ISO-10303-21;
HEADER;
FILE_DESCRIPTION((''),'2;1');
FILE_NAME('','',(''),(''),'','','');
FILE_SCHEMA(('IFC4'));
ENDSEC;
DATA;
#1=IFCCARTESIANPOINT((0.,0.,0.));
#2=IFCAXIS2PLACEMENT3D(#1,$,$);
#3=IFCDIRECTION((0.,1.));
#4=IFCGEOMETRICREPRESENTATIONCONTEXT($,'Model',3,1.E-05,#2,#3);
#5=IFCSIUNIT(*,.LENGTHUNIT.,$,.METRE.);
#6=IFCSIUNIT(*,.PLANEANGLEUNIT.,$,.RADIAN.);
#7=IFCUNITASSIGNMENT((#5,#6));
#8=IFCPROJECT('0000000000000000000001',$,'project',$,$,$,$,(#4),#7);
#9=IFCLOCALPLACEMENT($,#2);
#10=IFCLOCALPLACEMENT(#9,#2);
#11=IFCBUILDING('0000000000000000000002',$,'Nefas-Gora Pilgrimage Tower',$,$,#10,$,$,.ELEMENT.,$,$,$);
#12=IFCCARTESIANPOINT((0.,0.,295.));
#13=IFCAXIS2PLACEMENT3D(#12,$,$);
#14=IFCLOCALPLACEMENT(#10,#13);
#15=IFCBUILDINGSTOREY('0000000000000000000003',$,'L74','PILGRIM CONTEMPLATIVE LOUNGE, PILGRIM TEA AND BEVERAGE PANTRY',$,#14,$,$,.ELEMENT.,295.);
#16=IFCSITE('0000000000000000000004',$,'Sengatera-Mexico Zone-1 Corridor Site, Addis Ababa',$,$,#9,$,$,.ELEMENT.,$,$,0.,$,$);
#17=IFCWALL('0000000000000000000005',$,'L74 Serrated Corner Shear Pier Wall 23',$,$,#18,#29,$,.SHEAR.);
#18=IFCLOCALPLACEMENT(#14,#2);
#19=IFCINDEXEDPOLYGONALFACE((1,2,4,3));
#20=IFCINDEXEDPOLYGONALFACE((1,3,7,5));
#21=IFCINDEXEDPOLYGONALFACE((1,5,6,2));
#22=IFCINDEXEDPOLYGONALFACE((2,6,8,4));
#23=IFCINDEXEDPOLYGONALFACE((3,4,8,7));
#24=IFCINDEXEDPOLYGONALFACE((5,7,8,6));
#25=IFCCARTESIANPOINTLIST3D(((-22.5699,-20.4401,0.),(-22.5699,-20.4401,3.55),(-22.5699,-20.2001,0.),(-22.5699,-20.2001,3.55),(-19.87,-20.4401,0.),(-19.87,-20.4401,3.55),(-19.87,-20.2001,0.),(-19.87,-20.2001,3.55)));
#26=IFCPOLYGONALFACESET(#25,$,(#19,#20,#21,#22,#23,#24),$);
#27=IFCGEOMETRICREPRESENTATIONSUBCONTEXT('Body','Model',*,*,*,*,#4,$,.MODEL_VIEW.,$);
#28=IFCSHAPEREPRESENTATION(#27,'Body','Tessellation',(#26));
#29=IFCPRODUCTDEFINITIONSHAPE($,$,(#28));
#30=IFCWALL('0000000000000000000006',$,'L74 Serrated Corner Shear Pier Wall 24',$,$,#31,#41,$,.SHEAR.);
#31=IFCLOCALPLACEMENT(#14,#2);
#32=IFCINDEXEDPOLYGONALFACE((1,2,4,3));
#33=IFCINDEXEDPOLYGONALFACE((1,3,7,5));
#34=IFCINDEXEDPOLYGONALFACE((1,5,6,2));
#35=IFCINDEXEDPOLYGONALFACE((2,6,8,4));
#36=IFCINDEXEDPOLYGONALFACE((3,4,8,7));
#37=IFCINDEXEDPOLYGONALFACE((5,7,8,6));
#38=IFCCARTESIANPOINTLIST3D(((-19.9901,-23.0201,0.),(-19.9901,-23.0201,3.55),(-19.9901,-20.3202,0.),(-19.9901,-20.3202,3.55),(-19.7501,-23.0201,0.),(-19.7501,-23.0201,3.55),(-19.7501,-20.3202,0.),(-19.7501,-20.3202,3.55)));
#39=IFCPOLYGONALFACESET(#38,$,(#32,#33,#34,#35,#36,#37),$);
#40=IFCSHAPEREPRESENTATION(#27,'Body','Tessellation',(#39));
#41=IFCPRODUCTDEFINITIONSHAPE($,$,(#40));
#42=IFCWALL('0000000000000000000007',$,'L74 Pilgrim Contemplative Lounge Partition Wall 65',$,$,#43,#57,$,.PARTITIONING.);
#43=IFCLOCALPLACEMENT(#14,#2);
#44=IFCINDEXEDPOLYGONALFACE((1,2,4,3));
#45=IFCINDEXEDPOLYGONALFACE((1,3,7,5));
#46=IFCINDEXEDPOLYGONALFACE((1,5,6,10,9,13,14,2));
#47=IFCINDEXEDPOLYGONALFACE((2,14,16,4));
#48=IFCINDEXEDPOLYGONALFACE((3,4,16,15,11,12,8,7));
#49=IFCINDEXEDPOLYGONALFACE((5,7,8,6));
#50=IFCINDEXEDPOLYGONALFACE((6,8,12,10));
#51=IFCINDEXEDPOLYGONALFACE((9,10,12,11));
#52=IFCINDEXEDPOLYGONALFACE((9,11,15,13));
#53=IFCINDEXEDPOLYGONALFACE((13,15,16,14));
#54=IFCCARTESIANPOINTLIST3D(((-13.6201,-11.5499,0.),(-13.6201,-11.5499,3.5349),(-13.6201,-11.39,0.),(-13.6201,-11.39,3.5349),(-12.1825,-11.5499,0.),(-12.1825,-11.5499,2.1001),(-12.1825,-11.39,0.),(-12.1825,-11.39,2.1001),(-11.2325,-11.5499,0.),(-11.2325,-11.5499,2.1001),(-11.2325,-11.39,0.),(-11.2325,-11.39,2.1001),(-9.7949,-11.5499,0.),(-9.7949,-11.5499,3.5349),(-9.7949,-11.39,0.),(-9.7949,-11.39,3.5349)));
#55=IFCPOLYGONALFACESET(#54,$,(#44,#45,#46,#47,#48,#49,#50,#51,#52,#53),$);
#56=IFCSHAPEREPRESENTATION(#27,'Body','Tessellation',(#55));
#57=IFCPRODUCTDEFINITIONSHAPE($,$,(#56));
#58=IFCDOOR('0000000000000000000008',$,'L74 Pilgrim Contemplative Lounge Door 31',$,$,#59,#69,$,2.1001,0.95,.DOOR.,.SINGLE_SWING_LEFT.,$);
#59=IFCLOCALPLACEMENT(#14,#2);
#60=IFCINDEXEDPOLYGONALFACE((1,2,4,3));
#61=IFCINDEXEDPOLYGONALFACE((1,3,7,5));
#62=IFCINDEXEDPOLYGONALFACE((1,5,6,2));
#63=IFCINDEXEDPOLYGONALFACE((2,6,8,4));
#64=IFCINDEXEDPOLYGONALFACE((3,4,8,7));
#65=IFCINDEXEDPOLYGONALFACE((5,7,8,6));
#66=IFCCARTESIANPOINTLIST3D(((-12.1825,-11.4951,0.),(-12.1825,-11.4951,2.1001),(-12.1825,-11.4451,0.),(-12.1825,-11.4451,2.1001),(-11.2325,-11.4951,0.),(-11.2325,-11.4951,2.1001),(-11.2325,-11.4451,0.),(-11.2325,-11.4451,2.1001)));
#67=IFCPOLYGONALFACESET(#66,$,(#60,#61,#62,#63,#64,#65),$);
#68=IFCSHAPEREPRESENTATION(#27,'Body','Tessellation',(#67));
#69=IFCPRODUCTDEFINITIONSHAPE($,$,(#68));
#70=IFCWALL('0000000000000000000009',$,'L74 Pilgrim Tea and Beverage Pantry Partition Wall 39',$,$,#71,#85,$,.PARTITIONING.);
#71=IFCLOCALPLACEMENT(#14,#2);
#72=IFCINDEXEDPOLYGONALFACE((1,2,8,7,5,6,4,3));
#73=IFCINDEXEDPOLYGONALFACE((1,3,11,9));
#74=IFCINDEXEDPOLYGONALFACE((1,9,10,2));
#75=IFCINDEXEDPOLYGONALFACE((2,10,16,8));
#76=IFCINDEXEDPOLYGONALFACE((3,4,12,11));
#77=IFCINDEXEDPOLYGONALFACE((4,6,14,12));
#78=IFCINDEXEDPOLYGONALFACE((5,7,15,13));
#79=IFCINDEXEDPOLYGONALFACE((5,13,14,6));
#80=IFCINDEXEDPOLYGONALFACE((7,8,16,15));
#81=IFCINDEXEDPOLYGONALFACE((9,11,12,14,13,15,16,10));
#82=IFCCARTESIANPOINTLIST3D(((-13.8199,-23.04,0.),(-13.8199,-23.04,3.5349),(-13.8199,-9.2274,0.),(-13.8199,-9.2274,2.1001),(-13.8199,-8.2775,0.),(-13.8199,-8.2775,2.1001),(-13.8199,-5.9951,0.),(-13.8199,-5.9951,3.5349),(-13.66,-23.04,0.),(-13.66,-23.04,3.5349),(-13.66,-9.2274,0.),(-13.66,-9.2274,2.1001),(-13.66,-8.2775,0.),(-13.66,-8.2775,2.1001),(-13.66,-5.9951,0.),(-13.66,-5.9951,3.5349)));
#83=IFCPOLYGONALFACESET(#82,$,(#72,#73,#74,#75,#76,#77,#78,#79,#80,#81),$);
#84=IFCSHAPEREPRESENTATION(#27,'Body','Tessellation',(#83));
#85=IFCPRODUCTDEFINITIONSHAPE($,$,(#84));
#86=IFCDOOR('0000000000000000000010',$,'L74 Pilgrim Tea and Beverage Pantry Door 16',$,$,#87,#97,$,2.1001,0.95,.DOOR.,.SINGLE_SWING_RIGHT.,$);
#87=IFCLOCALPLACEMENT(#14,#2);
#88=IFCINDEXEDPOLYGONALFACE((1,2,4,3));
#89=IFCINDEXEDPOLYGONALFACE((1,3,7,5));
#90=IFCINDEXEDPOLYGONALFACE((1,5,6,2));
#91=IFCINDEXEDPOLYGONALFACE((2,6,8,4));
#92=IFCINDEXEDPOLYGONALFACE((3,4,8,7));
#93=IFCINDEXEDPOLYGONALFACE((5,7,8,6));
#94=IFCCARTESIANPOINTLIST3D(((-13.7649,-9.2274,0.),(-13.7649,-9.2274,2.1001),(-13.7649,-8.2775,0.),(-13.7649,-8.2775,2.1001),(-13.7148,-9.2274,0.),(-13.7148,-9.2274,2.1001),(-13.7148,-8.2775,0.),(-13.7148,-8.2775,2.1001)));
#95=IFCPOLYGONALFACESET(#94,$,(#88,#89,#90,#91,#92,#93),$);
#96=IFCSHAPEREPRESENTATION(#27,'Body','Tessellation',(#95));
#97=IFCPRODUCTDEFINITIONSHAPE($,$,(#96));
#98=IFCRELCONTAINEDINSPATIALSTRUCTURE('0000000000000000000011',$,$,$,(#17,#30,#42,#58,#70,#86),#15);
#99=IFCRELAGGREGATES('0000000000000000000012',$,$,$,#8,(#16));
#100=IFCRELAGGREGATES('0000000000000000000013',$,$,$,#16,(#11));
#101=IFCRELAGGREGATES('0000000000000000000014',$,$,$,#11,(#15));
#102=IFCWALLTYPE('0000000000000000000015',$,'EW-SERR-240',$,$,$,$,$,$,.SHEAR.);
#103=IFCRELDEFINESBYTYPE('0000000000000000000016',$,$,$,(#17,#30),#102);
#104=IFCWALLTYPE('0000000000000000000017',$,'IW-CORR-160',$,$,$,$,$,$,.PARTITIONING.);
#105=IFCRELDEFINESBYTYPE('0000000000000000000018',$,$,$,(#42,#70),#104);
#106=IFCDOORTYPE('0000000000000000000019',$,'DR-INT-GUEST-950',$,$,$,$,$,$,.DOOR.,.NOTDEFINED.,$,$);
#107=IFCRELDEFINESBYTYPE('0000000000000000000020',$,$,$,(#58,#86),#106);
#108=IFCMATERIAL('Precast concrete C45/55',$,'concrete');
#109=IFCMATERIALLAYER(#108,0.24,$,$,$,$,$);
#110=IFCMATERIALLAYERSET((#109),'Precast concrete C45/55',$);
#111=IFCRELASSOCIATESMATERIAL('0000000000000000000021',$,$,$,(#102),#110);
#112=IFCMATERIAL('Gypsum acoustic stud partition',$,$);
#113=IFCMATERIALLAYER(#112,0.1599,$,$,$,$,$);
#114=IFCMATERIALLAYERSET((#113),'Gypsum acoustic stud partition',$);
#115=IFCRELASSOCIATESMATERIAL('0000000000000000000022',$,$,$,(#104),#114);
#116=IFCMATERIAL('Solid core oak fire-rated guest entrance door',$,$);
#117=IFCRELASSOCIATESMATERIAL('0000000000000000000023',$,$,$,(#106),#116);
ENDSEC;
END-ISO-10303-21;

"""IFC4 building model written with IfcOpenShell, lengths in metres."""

from ifc_helpers import new_model, si_unit, direction, frame, frame_2d, origin, place, context, subcontext, project, spatial, rectangle, extrude, source, transform, mapped, material, layer, layer_set, type_object, element, fill, save


model = new_model("IFC4")

# Units and contexts
model_context = context("Model", 3, precision=1e-05, world=origin(), true_north=direction((0.0, 1.0)))
body_context = subcontext(model_context, "Body", "Model", "MODEL_VIEW")
ifc_project = project(units=[si_unit("LENGTHUNIT", "METRE"), si_unit("PLANEANGLEUNIT", "RADIAN")], contexts=[model_context])

# Site, building, storey
site_placement = place(None, origin())
site = spatial("IfcSite", under=ifc_project, at=site_placement, Name="Sengatera-Mexico Zone-1 Corridor Site, Addis Ababa", CompositionType="ELEMENT", RefElevation=0.0)
building_placement = place(site_placement, origin())
building = spatial("IfcBuilding", under=site, at=building_placement, Name="Nefas-Gora Pilgrimage Tower", CompositionType="ELEMENT")
storey_placement = place(building_placement, frame((0.0, 0.0, 295.0)))
storey = spatial("IfcBuildingStorey", under=building, at=storey_placement, Name="L74", Description="PILGRIM CONTEMPLATIVE LOUNGE, PILGRIM TEA AND BEVERAGE PANTRY", CompositionType="ELEMENT", Elevation=295.0)

# Shared definitions
ifc_material_1 = material(Name="Precast concrete C45/55", Category="concrete")
ifc_layer_1 = layer(ifc_material_1, 0.24)
ifc_layer_set_1 = layer_set([ifc_layer_1], Name="Precast concrete C45/55")
wall_type_1 = type_object("IfcWallType", Name="EW-SERR-240", PredefinedType="SHEAR", material=ifc_layer_set_1)
shared_shape_1 = source(origin(), body_context, "Body", "SweptSolid", [
    extrude(rectangle(XDim=2.7, YDim=0.24, at=frame_2d((1.3501, 0.0))), origin(), (0.0, 0.0, 1.0), 3.55),
])

# Walls
for number, where, z_axis, x_axis, name in (
    (1, (-22.5701, -20.3201, 0.0), (0.0, 0.0, 1.0), (1.0, 0.0, 0.0), "L74 Serrated Corner Shear Pier Wall 23"),
    (2, (-19.8701, -20.3201, 0.0), (0.0, 0.0, 1.0), (0.0, -1.0, 0.0), "L74 Serrated Corner Shear Pier Wall 24"),
):
    element("IfcWall", number, at=place(storey_placement, frame(where, z_axis=z_axis, x_axis=x_axis)), inside=storey, type_object=wall_type_1, Name=name, PredefinedType="SHEAR", context=body_context, shape_type="MappedRepresentation", body=[
        mapped(shared_shape_1, transform((0.0, 0.0, 0.0), x_axis=(1.0, 0.0, 0.0), y_axis=(0.0, 1.0, 0.0), z_axis=(0.0, 0.0, 1.0), scale=1.0)),
    ])

# Walls, openings, doors
ifc_material_2 = material(Name="Gypsum acoustic stud partition")
ifc_layer_2 = layer(ifc_material_2, 0.1599)
ifc_layer_set_2 = layer_set([ifc_layer_2], Name="Gypsum acoustic stud partition")
wall_type_2 = type_object("IfcWallType", Name="IW-CORR-160", PredefinedType="PARTITIONING", material=ifc_layer_set_2)
shared_shape_2 = source(origin(), body_context, "Body", "SweptSolid", [
    extrude(rectangle(XDim=3.8252, YDim=0.1599, at=frame_2d((1.9126, 0.0))), origin(), (0.0, 0.0, 1.0), 3.5349),
])
wall_1_placement = place(storey_placement, frame((-13.6201, -11.47, 0.0), z_axis=(0.0, 0.0, 1.0), x_axis=(1.0, 0.0, 0.0)))
wall_1 = element("IfcWall", 3, at=wall_1_placement, inside=storey, type_object=wall_type_2, Name="L74 Pilgrim Contemplative Lounge Partition Wall 65", PredefinedType="PARTITIONING", context=body_context, shape_type="MappedRepresentation", body=[
    mapped(shared_shape_2, transform((0.0, 0.0, 0.0), x_axis=(1.0, 0.0, 0.0), y_axis=(0.0, 1.0, 0.0), z_axis=(0.0, 0.0, 1.0), scale=1.0)),
])
opening_1_placement = place(wall_1_placement, frame((1.4375, 0.0, 0.0)))
opening_1 = element("IfcOpeningElement", 4, at=opening_1_placement, cuts=wall_1, PredefinedType="OPENING", context=body_context, shape_type="SweptSolid", body=[
    extrude(rectangle(XDim=0.95, YDim=2.1001, at=frame_2d((0.4751, 1.05))), frame((0.0, 0.0898, 0.0), z_axis=(0.0, -1.0, 0.0), x_axis=(1.0, 0.0, 0.0)), (0.0, 0.0, 1.0), 0.1799),
])
ifc_material_3 = material(Name="Solid core oak fire-rated guest entrance door")
door_type = type_object("IfcDoorType", Name="DR-INT-GUEST-950", OperationType="NOTDEFINED", PredefinedType="DOOR", material=ifc_material_3)
shared_shape_3 = source(origin(), body_context, "Body", "SweptSolid", [
    extrude(rectangle(XDim=0.95, YDim=2.1001, at=frame_2d((0.4751, 1.05))), frame((0.0, 0.0249, 0.0), z_axis=(0.0, -1.0, 0.0), x_axis=(1.0, 0.0, 0.0)), (0.0, 0.0, 1.0), 0.05),
])
door_1_placement = place(opening_1_placement, origin())
door_1 = element("IfcDoor", 5, at=door_1_placement, inside=storey, type_object=door_type, Name="L74 Pilgrim Contemplative Lounge Door 31", OperationType="SINGLE_SWING_LEFT", OverallHeight=2.1001, OverallWidth=0.95, PredefinedType="DOOR", context=body_context, shape_type="MappedRepresentation", body=[
    mapped(shared_shape_3, transform((0.0, 0.0, 0.0), x_axis=(1.0, 0.0, 0.0), y_axis=(0.0, 1.0, 0.0), z_axis=(0.0, 0.0, 1.0), scale=1.0)),
])
fill(opening_1, door_1)
shared_shape_4 = source(origin(), body_context, "Body", "SweptSolid", [
    extrude(rectangle(XDim=17.0449, YDim=0.1599, at=frame_2d((8.5225, 0.0))), origin(), (0.0, 0.0, 1.0), 3.5349),
])
wall_2_placement = place(storey_placement, frame((-13.74, -23.04, 0.0), z_axis=(0.0, 0.0, 1.0), x_axis=(0.0, 1.0, 0.0)))
wall_2 = element("IfcWall", 6, at=wall_2_placement, inside=storey, type_object=wall_type_2, Name="L74 Pilgrim Tea and Beverage Pantry Partition Wall 39", PredefinedType="PARTITIONING", context=body_context, shape_type="MappedRepresentation", body=[
    mapped(shared_shape_4, transform((0.0, 0.0, 0.0), x_axis=(1.0, 0.0, 0.0), y_axis=(0.0, 1.0, 0.0), z_axis=(0.0, 0.0, 1.0), scale=1.0)),
])
opening_2_placement = place(wall_2_placement, frame((13.8125, 0.0, 0.0)))
opening_2 = element("IfcOpeningElement", 7, at=opening_2_placement, cuts=wall_2, PredefinedType="OPENING", context=body_context, shape_type="SweptSolid", body=[
    extrude(rectangle(XDim=0.95, YDim=2.1001, at=frame_2d((0.4751, 1.05))), frame((0.0, 0.0898, 0.0), z_axis=(0.0, -1.0, 0.0), x_axis=(1.0, 0.0, 0.0)), (0.0, 0.0, 1.0), 0.1799),
])
door_2_placement = place(opening_2_placement, origin())
door_2 = element("IfcDoor", 8, at=door_2_placement, inside=storey, type_object=door_type, Name="L74 Pilgrim Tea and Beverage Pantry Door 16", OperationType="SINGLE_SWING_RIGHT", OverallHeight=2.1001, OverallWidth=0.95, PredefinedType="DOOR", context=body_context, shape_type="MappedRepresentation", body=[
    mapped(shared_shape_3, transform((0.0, 0.0, 0.0), x_axis=(1.0, 0.0, 0.0), y_axis=(0.0, 1.0, 0.0), z_axis=(0.0, 0.0, 1.0), scale=1.0)),
])
fill(opening_2, door_2)

save(model, "model.ifc")
